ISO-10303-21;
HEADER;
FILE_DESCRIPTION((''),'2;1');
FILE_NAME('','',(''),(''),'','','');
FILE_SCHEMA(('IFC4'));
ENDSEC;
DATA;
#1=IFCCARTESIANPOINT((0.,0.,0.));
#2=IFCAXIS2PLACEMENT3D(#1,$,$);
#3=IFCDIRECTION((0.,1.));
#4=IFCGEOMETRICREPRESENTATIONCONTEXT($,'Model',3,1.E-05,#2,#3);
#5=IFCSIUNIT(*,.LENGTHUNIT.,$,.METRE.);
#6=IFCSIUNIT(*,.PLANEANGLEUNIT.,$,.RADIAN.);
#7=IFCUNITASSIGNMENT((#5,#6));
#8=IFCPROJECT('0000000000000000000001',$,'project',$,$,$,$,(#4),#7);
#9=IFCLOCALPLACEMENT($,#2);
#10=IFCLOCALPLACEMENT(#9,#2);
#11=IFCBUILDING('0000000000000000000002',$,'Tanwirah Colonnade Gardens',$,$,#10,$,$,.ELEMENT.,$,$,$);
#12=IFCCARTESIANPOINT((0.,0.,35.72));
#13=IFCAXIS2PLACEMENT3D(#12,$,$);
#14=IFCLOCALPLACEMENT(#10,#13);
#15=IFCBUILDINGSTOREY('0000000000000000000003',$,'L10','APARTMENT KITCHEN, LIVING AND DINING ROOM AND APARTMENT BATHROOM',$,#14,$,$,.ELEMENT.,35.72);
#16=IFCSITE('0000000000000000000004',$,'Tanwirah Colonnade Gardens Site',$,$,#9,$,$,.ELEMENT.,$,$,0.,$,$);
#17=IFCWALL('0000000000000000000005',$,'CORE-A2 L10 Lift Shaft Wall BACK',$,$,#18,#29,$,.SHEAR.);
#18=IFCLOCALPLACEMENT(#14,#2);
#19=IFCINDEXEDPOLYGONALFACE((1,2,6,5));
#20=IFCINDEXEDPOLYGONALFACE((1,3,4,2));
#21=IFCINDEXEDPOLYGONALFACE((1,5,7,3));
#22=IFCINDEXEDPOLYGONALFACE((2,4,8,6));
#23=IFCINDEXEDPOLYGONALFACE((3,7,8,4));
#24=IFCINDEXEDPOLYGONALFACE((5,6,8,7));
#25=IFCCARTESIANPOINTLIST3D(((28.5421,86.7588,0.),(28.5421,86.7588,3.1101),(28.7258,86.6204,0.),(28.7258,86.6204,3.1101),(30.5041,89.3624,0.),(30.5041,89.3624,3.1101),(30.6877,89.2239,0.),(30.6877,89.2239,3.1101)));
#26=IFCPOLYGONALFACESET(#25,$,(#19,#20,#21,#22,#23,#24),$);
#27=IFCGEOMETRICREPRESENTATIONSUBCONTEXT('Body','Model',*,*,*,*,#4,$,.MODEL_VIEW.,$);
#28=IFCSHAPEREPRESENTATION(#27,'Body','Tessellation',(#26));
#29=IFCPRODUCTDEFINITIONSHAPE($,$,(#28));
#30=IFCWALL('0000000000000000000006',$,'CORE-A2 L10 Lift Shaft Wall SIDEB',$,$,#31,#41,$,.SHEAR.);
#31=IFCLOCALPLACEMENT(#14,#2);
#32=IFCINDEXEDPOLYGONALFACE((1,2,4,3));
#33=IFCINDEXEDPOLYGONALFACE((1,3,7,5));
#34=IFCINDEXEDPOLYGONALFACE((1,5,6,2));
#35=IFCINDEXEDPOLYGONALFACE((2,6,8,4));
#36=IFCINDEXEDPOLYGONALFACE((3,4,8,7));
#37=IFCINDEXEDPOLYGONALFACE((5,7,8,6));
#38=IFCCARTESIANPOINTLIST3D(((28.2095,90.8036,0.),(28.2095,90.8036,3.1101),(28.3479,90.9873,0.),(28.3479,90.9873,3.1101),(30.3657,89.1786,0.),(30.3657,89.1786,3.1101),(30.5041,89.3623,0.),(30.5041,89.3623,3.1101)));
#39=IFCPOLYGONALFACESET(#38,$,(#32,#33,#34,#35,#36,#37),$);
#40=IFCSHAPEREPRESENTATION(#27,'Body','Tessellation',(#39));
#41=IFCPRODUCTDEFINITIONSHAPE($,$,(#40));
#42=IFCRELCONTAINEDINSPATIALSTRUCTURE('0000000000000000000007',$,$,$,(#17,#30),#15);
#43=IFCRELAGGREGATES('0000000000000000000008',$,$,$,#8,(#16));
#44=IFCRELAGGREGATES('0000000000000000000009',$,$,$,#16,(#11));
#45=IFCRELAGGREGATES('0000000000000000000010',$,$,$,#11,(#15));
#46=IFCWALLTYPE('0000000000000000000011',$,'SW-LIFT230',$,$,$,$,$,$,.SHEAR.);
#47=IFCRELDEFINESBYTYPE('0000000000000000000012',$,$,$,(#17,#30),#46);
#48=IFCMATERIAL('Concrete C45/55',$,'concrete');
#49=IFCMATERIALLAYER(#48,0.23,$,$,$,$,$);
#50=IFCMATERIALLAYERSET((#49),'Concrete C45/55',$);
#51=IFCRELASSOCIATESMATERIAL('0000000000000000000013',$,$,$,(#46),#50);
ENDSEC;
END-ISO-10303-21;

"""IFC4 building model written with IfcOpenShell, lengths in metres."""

from ifc_helpers import new_model, si_unit, direction, frame, frame_2d, origin, place, context, subcontext, project, spatial, rectangle, extrude, material, layer, layer_set, type_object, element, save


model = new_model("IFC4")

# Units and contexts
model_context = context("Model", 3, precision=1e-05, world=origin(), true_north=direction((0.0, 1.0)))
body_context = subcontext(model_context, "Body", "Model", "MODEL_VIEW")
ifc_project = project(units=[si_unit("LENGTHUNIT", "METRE"), si_unit("PLANEANGLEUNIT", "RADIAN")], contexts=[model_context])

# Site, building, storey
site_placement = place(None, origin())
site = spatial("IfcSite", under=ifc_project, at=site_placement, Name="Tanwirah Colonnade Gardens Site", CompositionType="ELEMENT", RefElevation=0.0)
building_placement = place(site_placement, origin())
building = spatial("IfcBuilding", under=site, at=building_placement, Name="Tanwirah Colonnade Gardens", CompositionType="ELEMENT")
storey_placement = place(building_placement, frame((0.0, 0.0, 35.72)))
storey = spatial("IfcBuildingStorey", under=building, at=storey_placement, Name="L10", Description="APARTMENT KITCHEN, LIVING AND DINING ROOM AND APARTMENT BATHROOM", CompositionType="ELEMENT", Elevation=35.72)

# Walls
ifc_material_1 = material(Name="Concrete C45/55", Category="concrete")
ifc_layer_1 = layer(ifc_material_1, 0.23)
ifc_layer_set_1 = layer_set([ifc_layer_1], Name="Concrete C45/55")
wall_type_1 = type_object("IfcWallType", Name="SW-LIFT230", PredefinedType="SHEAR", material=ifc_layer_set_1)
wall_1_placement = place(storey_placement, frame((28.634, 86.6897, 0.0), z_axis=(0.0, 0.0, 1.0), x_axis=(0.60182, 0.798632, 0.0)))
element("IfcWall", 1, at=wall_1_placement, inside=storey, type_object=wall_type_1, Name="CORE-A2 L10 Lift Shaft Wall BACK", PredefinedType="SHEAR", context=body_context, shape_type="SweptSolid", body=[
    extrude(rectangle(XDim=3.26, YDim=0.23, at=frame_2d((1.6299, 0.0))), origin(), (0.0, 0.0, 1.0), 3.1101),
])
wall_2_placement = place(storey_placement, frame((28.2786, 90.8955, 0.0), z_axis=(0.0, 0.0, 1.0), x_axis=(0.798609, -0.60185, 0.0)))
element("IfcWall", 2, at=wall_2_placement, inside=storey, type_object=wall_type_1, Name="CORE-A2 L10 Lift Shaft Wall SIDEB", PredefinedType="SHEAR", context=body_context, shape_type="SweptSolid", body=[
    extrude(rectangle(XDim=2.7, YDim=0.23, at=frame_2d((1.3501, 0.0))), origin(), (0.0, 0.0, 1.0), 3.1101),
])

save(model, "model.ifc")
